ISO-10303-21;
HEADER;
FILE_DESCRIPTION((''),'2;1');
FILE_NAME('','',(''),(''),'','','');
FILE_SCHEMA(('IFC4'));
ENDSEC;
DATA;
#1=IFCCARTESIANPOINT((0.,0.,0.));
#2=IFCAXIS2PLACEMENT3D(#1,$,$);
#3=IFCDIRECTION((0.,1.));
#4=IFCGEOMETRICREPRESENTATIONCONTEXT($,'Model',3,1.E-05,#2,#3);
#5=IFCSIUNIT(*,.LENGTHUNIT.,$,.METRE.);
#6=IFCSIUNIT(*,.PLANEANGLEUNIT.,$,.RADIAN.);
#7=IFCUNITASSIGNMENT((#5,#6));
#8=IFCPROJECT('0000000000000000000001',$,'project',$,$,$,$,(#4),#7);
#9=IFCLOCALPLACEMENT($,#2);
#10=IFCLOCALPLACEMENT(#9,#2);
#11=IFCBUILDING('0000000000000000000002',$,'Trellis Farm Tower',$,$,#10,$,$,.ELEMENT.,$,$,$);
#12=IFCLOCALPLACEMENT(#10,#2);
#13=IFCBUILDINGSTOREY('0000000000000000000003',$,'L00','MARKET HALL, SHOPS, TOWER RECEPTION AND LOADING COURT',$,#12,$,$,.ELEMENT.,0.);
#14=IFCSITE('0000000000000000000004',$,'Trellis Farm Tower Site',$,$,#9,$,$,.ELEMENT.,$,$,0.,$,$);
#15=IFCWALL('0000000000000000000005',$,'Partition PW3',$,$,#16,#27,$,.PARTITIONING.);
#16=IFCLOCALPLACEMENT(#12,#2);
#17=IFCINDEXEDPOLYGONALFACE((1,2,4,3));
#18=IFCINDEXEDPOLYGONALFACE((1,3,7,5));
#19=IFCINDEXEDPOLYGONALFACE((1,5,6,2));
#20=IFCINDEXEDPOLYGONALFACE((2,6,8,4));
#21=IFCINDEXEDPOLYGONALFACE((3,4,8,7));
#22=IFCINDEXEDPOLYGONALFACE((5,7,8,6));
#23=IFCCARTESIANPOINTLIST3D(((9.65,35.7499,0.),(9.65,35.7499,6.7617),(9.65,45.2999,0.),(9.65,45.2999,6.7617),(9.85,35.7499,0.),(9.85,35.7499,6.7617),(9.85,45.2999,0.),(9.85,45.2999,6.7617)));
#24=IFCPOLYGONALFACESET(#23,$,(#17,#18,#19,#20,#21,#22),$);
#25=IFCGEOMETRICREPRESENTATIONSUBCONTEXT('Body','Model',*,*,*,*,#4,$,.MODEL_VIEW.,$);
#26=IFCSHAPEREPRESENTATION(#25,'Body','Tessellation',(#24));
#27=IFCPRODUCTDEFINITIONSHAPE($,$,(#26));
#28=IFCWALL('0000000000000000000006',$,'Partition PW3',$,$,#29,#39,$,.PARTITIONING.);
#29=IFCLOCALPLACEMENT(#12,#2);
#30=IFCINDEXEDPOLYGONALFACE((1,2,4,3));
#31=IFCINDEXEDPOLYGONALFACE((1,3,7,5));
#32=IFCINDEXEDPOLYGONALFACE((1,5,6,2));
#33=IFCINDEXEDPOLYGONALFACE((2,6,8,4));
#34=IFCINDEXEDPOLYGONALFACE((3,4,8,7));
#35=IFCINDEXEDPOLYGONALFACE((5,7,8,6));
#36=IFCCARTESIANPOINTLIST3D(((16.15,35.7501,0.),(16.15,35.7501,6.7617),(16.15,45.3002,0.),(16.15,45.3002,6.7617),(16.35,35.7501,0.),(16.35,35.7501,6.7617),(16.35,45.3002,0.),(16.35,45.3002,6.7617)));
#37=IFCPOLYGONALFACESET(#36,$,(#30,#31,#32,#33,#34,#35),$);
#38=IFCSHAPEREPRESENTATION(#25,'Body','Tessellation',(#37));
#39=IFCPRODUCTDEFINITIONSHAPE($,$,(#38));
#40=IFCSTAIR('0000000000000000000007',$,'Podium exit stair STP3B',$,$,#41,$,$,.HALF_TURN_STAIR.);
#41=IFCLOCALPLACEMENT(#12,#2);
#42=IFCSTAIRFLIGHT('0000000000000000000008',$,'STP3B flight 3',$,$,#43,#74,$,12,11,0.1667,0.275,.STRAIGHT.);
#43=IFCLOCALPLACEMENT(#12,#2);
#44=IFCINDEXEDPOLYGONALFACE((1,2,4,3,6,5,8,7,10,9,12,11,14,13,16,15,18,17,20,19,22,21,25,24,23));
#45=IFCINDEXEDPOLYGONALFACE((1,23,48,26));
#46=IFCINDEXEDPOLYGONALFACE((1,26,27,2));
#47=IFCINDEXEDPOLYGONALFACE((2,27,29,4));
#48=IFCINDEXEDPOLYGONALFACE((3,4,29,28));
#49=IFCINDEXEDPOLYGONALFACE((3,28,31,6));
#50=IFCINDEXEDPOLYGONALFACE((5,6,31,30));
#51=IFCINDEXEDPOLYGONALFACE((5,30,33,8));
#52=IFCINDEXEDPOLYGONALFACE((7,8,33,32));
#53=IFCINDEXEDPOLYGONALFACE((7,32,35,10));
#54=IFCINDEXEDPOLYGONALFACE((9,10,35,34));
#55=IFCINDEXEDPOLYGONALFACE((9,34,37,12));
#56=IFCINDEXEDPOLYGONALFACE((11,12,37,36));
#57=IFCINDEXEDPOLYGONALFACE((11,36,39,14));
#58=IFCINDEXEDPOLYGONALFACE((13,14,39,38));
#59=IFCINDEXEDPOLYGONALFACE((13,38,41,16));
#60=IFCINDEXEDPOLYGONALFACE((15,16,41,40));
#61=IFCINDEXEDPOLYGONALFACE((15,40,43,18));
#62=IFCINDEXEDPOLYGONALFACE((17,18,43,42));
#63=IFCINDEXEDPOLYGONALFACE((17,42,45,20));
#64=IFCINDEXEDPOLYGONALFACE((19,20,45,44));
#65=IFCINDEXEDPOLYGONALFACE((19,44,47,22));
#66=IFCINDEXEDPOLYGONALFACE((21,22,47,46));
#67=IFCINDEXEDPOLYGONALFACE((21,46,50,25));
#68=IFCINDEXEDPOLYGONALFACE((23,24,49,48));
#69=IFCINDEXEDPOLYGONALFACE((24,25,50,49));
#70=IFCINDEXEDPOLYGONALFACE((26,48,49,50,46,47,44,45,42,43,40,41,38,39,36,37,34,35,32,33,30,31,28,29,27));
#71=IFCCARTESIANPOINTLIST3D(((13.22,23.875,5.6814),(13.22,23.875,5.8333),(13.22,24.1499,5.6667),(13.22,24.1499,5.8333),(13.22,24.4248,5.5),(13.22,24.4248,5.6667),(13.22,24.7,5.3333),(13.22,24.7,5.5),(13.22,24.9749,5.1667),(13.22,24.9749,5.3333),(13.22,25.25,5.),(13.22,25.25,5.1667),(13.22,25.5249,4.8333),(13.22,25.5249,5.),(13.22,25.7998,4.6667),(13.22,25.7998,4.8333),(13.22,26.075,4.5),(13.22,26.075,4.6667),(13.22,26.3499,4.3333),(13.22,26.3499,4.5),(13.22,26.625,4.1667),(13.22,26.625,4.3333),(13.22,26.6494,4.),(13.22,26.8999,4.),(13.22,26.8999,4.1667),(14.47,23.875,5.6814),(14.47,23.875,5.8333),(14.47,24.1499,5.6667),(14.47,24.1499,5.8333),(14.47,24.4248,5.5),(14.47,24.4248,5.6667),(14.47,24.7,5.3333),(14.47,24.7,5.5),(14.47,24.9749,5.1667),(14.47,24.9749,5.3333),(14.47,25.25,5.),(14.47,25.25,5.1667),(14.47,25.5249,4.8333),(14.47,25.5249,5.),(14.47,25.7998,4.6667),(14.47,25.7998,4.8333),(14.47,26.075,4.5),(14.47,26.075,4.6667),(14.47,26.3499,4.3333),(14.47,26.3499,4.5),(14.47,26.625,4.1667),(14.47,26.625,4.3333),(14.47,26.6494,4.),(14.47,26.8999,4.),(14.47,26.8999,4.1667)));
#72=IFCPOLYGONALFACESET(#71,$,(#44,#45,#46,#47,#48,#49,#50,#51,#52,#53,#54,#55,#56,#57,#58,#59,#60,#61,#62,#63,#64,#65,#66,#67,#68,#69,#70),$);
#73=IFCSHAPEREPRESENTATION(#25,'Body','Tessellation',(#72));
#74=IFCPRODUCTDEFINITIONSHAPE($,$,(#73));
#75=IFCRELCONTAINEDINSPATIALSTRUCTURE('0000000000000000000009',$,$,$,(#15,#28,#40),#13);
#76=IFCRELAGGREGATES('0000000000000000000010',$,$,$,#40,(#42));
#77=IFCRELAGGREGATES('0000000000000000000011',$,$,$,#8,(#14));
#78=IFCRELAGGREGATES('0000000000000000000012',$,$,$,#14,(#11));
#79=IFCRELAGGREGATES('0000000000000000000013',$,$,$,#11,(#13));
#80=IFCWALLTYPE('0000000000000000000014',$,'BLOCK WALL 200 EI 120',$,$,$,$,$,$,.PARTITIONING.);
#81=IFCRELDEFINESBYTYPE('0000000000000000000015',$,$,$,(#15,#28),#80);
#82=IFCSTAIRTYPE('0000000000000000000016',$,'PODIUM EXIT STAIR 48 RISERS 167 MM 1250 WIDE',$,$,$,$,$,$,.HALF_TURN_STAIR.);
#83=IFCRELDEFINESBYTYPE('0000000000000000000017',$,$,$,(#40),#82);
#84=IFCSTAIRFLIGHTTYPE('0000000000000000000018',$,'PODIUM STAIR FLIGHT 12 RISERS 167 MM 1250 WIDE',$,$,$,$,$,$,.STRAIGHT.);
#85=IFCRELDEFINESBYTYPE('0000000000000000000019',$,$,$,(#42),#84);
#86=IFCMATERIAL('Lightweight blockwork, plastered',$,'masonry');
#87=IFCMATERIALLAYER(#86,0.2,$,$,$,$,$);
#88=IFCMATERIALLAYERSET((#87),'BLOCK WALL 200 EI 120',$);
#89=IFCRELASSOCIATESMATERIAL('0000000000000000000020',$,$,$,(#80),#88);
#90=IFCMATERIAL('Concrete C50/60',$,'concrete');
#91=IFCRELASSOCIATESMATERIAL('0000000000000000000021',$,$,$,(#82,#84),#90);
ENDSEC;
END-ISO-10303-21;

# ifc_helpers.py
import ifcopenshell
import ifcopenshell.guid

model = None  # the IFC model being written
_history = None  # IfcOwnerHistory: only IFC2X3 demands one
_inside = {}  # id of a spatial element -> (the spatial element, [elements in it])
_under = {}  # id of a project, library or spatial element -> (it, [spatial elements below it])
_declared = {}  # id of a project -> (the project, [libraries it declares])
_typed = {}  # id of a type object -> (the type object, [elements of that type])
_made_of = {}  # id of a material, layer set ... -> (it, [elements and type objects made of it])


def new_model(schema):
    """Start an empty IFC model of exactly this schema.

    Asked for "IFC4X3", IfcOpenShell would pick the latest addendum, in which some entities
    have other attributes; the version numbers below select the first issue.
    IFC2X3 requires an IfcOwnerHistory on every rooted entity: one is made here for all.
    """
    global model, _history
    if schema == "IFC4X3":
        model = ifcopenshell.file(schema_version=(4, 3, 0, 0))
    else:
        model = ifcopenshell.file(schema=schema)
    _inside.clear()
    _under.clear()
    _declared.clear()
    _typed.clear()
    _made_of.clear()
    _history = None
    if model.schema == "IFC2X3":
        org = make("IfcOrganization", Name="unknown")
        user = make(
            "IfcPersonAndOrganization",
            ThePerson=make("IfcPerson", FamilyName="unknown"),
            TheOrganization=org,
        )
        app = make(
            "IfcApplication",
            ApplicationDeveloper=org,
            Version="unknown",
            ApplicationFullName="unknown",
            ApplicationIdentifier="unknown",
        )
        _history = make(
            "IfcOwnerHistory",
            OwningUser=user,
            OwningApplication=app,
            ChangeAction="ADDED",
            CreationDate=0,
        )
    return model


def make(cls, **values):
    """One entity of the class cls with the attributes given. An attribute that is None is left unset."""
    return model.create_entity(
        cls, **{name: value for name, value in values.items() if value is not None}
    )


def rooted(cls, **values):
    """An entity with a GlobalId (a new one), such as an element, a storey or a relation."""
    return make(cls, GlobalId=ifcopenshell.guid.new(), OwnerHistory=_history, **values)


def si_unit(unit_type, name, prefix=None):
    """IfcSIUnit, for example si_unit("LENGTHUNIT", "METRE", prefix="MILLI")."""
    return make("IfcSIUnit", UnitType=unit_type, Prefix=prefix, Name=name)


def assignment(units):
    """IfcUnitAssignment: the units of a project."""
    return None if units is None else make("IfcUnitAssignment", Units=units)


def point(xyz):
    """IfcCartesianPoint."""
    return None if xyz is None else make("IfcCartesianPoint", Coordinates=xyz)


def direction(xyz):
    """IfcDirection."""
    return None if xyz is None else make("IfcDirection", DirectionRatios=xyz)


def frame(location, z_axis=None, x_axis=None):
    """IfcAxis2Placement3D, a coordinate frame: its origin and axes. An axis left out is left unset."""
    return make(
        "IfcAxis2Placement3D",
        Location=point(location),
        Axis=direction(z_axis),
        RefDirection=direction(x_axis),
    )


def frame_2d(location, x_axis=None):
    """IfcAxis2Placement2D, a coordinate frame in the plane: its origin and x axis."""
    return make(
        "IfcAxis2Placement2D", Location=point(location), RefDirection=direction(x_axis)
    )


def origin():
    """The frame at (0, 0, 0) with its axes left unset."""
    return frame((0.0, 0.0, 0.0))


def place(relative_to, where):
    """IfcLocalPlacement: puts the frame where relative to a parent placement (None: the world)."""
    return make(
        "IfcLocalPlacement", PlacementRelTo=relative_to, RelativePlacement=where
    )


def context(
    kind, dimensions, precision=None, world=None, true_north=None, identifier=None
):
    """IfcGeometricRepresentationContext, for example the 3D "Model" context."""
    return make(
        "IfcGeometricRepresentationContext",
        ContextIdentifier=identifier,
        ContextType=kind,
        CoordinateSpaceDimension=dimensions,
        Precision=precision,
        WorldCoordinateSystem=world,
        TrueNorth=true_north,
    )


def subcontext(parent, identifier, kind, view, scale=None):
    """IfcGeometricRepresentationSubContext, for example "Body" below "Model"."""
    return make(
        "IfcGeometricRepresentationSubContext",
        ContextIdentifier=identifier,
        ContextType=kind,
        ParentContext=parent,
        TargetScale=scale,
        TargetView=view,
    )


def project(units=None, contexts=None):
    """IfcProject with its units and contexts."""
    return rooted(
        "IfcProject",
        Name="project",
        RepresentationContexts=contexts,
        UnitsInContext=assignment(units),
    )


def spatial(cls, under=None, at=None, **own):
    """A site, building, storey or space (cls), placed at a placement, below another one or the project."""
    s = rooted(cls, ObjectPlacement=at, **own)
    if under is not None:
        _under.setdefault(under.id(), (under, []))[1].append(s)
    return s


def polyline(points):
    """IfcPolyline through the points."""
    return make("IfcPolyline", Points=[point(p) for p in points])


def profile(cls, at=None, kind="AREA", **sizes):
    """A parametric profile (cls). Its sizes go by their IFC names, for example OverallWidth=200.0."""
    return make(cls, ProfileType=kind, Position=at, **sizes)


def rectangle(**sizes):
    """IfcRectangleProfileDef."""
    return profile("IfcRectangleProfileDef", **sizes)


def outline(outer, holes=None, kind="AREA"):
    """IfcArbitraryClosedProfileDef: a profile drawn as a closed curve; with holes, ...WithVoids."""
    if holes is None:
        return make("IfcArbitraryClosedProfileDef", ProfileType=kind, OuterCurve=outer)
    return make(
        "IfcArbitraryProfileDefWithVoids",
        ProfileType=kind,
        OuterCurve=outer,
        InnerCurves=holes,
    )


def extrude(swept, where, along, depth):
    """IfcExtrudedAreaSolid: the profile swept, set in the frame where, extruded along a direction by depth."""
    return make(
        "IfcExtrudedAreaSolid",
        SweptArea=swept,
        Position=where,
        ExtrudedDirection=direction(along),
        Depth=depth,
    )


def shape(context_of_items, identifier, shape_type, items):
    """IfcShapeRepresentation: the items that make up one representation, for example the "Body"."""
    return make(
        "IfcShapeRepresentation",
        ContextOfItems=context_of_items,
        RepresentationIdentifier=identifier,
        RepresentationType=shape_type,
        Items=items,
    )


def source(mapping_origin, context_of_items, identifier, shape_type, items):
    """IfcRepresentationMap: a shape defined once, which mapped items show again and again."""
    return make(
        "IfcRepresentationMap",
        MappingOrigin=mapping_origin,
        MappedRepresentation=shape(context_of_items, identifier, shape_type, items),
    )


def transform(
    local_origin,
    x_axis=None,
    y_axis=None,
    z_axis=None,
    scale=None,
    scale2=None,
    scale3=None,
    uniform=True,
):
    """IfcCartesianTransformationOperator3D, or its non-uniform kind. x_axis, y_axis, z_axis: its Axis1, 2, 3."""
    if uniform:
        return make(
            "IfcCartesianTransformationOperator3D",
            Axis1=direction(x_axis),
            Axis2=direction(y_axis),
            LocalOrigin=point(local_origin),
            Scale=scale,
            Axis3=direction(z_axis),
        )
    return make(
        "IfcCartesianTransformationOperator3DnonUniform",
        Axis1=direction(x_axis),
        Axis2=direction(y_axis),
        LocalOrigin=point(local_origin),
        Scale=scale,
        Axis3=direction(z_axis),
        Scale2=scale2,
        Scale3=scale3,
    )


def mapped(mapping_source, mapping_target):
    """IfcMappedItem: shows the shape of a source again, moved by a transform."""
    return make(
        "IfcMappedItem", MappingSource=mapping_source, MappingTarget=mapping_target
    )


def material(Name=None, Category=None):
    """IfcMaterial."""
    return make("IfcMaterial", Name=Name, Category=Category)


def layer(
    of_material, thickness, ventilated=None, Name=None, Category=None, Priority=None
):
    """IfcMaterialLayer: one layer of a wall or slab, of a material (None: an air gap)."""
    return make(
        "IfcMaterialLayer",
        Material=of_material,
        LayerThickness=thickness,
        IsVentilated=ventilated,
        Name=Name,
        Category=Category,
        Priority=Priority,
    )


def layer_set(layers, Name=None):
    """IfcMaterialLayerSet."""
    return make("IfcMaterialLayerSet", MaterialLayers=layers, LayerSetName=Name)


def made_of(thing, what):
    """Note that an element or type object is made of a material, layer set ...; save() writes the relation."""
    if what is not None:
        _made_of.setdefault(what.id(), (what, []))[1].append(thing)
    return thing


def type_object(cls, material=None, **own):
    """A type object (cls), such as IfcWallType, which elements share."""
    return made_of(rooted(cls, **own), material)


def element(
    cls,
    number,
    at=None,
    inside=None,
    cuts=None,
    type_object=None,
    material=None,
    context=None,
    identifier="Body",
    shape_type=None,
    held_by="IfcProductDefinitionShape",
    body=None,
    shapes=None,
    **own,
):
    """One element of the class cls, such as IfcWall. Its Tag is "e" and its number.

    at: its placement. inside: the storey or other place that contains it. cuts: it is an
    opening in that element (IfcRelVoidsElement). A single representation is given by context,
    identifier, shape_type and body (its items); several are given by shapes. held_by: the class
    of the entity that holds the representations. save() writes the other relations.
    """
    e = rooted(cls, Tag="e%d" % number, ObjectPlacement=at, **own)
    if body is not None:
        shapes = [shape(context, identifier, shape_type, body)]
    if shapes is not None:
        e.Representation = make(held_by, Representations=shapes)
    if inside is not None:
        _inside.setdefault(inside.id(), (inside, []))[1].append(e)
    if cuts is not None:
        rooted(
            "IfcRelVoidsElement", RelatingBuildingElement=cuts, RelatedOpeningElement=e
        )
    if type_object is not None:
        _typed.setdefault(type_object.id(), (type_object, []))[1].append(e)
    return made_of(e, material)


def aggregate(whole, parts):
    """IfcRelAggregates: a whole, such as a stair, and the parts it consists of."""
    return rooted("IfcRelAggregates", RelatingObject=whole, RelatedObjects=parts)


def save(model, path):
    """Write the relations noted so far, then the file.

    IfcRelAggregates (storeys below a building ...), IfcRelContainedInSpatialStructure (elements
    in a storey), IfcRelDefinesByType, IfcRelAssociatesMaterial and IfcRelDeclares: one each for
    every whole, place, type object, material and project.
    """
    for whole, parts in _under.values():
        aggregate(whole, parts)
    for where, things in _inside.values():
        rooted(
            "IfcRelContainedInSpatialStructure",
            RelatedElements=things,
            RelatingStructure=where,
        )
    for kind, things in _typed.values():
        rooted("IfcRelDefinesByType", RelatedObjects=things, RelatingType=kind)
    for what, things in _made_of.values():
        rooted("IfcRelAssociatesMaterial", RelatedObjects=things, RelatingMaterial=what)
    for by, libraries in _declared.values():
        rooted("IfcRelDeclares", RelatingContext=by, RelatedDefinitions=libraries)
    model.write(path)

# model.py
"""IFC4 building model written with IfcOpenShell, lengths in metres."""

from ifc_helpers import new_model, si_unit, direction, frame, frame_2d, origin, place, context, subcontext, project, spatial, polyline, rectangle, outline, extrude, source, transform, mapped, material, layer, layer_set, type_object, element, aggregate, save


model = new_model("IFC4")

# Units and contexts
model_context = context("Model", 3, precision=1e-05, world=origin(), true_north=direction((0.0, 1.0)))
body_context = subcontext(model_context, "Body", "Model", "MODEL_VIEW")
ifc_project = project(units=[si_unit("LENGTHUNIT", "METRE"), si_unit("PLANEANGLEUNIT", "RADIAN")], contexts=[model_context])

# Site, building, storey
site_placement = place(None, origin())
site = spatial("IfcSite", under=ifc_project, at=site_placement, Name="Trellis Farm Tower Site", CompositionType="ELEMENT", RefElevation=0.0)
building_placement = place(site_placement, origin())
building = spatial("IfcBuilding", under=site, at=building_placement, Name="Trellis Farm Tower", CompositionType="ELEMENT")
storey_placement = place(building_placement, origin())
storey = spatial("IfcBuildingStorey", under=building, at=storey_placement, Name="L00", Description="MARKET HALL, SHOPS, TOWER RECEPTION AND LOADING COURT", CompositionType="ELEMENT", Elevation=0.0)

# Shared definitions
placement = place(storey_placement, origin())

# Shared definitions
ifc_material_1 = material(Name="Lightweight blockwork, plastered", Category="masonry")
ifc_layer_1 = layer(ifc_material_1, 0.2)
ifc_layer_set_1 = layer_set([ifc_layer_1], Name="BLOCK WALL 200 EI 120")
wall_type_1 = type_object("IfcWallType", Name="BLOCK WALL 200 EI 120", PredefinedType="PARTITIONING", material=ifc_layer_set_1)

# Walls
shared_shape_1 = source(origin(), body_context, "Body", "SweptSolid", [
    extrude(rectangle(XDim=9.55, YDim=0.2, at=frame_2d((4.7749, 0.0))), origin(), (0.0, 0.0, 1.0), 6.7617),
])
for number, where, z_axis, x_axis, name in (
    (1, (9.75, 35.75, 0.0), (0.0, 0.0, 1.0), (0.0, 1.0, 0.0), "Partition PW3"),
    (2, (16.25, 45.3, 0.0), (0.0, 0.0, 1.0), (0.0, -1.0, 0.0), "Partition PW3"),
):
    element("IfcWall", number, at=place(storey_placement, frame(where, z_axis=z_axis, x_axis=x_axis)), inside=storey, type_object=wall_type_1, Name=name, PredefinedType="PARTITIONING", context=body_context, shape_type="MappedRepresentation", body=[
        mapped(shared_shape_1, transform((0.0, 0.0, 0.0))),
    ])

# Stair, stair flight
ifc_material_2 = material(Name="Concrete C50/60", Category="concrete")
stair_type = type_object("IfcStairType", Name="PODIUM EXIT STAIR 48 RISERS 167 MM 1250 WIDE", PredefinedType="HALF_TURN_STAIR", material=ifc_material_2)
stair = element("IfcStair", 3, at=placement, inside=storey, type_object=stair_type, Name="Podium exit stair STP3B", PredefinedType="HALF_TURN_STAIR")
stair_flight_type = type_object("IfcStairFlightType", Name="PODIUM STAIR FLIGHT 12 RISERS 167 MM 1250 WIDE", PredefinedType="STRAIGHT", material=ifc_material_2)
shared_shape_2 = source(origin(), body_context, "Body", "SweptSolid", [
    extrude(outline(polyline([(0.0, 0.0), (0.0, 0.1667), (0.2749, 0.1667), (0.2749, 0.3333), (0.55, 0.3333), (0.55, 0.5), (0.825, 0.5), (0.825, 0.6667), (1.1001, 0.6667), (1.1001, 0.8333), (1.375, 0.8333), (1.375, 1.0), (1.6499, 1.0), (1.6499, 1.1667), (1.925, 1.1667), (1.925, 1.3333), (2.2, 1.3333), (2.2, 1.5), (2.4751, 1.5), (2.4751, 1.6667), (2.75, 1.6667), (2.75, 1.8333), (3.0249, 1.8333), (3.0249, 2.0), (3.0249, 1.6814), (0.2505, 0.0), (0.0, 0.0)])), frame((0.0, 0.625, 0.0), z_axis=(0.0, -1.0, 0.0), x_axis=(1.0, 0.0, 0.0)), (0.0, 0.0, 1.0), 1.25),
])
stair_flight_placement = place(storey_placement, frame((13.845, 26.8999, 4.0), z_axis=(0.0, 0.0, 1.0), x_axis=(0.0, -1.0, 0.0)))
stair_flight = element("IfcStairFlight", 4, at=stair_flight_placement, type_object=stair_flight_type, Name="STP3B flight 3", NumberOfRisers=12, NumberOfTreads=11, PredefinedType="STRAIGHT", RiserHeight=0.1667, TreadLength=0.275, context=body_context, shape_type="MappedRepresentation", body=[
    mapped(shared_shape_2, transform((0.0, 0.0, 0.0))),
])
aggregate(stair, [stair_flight])

save(model, "model.ifc")
